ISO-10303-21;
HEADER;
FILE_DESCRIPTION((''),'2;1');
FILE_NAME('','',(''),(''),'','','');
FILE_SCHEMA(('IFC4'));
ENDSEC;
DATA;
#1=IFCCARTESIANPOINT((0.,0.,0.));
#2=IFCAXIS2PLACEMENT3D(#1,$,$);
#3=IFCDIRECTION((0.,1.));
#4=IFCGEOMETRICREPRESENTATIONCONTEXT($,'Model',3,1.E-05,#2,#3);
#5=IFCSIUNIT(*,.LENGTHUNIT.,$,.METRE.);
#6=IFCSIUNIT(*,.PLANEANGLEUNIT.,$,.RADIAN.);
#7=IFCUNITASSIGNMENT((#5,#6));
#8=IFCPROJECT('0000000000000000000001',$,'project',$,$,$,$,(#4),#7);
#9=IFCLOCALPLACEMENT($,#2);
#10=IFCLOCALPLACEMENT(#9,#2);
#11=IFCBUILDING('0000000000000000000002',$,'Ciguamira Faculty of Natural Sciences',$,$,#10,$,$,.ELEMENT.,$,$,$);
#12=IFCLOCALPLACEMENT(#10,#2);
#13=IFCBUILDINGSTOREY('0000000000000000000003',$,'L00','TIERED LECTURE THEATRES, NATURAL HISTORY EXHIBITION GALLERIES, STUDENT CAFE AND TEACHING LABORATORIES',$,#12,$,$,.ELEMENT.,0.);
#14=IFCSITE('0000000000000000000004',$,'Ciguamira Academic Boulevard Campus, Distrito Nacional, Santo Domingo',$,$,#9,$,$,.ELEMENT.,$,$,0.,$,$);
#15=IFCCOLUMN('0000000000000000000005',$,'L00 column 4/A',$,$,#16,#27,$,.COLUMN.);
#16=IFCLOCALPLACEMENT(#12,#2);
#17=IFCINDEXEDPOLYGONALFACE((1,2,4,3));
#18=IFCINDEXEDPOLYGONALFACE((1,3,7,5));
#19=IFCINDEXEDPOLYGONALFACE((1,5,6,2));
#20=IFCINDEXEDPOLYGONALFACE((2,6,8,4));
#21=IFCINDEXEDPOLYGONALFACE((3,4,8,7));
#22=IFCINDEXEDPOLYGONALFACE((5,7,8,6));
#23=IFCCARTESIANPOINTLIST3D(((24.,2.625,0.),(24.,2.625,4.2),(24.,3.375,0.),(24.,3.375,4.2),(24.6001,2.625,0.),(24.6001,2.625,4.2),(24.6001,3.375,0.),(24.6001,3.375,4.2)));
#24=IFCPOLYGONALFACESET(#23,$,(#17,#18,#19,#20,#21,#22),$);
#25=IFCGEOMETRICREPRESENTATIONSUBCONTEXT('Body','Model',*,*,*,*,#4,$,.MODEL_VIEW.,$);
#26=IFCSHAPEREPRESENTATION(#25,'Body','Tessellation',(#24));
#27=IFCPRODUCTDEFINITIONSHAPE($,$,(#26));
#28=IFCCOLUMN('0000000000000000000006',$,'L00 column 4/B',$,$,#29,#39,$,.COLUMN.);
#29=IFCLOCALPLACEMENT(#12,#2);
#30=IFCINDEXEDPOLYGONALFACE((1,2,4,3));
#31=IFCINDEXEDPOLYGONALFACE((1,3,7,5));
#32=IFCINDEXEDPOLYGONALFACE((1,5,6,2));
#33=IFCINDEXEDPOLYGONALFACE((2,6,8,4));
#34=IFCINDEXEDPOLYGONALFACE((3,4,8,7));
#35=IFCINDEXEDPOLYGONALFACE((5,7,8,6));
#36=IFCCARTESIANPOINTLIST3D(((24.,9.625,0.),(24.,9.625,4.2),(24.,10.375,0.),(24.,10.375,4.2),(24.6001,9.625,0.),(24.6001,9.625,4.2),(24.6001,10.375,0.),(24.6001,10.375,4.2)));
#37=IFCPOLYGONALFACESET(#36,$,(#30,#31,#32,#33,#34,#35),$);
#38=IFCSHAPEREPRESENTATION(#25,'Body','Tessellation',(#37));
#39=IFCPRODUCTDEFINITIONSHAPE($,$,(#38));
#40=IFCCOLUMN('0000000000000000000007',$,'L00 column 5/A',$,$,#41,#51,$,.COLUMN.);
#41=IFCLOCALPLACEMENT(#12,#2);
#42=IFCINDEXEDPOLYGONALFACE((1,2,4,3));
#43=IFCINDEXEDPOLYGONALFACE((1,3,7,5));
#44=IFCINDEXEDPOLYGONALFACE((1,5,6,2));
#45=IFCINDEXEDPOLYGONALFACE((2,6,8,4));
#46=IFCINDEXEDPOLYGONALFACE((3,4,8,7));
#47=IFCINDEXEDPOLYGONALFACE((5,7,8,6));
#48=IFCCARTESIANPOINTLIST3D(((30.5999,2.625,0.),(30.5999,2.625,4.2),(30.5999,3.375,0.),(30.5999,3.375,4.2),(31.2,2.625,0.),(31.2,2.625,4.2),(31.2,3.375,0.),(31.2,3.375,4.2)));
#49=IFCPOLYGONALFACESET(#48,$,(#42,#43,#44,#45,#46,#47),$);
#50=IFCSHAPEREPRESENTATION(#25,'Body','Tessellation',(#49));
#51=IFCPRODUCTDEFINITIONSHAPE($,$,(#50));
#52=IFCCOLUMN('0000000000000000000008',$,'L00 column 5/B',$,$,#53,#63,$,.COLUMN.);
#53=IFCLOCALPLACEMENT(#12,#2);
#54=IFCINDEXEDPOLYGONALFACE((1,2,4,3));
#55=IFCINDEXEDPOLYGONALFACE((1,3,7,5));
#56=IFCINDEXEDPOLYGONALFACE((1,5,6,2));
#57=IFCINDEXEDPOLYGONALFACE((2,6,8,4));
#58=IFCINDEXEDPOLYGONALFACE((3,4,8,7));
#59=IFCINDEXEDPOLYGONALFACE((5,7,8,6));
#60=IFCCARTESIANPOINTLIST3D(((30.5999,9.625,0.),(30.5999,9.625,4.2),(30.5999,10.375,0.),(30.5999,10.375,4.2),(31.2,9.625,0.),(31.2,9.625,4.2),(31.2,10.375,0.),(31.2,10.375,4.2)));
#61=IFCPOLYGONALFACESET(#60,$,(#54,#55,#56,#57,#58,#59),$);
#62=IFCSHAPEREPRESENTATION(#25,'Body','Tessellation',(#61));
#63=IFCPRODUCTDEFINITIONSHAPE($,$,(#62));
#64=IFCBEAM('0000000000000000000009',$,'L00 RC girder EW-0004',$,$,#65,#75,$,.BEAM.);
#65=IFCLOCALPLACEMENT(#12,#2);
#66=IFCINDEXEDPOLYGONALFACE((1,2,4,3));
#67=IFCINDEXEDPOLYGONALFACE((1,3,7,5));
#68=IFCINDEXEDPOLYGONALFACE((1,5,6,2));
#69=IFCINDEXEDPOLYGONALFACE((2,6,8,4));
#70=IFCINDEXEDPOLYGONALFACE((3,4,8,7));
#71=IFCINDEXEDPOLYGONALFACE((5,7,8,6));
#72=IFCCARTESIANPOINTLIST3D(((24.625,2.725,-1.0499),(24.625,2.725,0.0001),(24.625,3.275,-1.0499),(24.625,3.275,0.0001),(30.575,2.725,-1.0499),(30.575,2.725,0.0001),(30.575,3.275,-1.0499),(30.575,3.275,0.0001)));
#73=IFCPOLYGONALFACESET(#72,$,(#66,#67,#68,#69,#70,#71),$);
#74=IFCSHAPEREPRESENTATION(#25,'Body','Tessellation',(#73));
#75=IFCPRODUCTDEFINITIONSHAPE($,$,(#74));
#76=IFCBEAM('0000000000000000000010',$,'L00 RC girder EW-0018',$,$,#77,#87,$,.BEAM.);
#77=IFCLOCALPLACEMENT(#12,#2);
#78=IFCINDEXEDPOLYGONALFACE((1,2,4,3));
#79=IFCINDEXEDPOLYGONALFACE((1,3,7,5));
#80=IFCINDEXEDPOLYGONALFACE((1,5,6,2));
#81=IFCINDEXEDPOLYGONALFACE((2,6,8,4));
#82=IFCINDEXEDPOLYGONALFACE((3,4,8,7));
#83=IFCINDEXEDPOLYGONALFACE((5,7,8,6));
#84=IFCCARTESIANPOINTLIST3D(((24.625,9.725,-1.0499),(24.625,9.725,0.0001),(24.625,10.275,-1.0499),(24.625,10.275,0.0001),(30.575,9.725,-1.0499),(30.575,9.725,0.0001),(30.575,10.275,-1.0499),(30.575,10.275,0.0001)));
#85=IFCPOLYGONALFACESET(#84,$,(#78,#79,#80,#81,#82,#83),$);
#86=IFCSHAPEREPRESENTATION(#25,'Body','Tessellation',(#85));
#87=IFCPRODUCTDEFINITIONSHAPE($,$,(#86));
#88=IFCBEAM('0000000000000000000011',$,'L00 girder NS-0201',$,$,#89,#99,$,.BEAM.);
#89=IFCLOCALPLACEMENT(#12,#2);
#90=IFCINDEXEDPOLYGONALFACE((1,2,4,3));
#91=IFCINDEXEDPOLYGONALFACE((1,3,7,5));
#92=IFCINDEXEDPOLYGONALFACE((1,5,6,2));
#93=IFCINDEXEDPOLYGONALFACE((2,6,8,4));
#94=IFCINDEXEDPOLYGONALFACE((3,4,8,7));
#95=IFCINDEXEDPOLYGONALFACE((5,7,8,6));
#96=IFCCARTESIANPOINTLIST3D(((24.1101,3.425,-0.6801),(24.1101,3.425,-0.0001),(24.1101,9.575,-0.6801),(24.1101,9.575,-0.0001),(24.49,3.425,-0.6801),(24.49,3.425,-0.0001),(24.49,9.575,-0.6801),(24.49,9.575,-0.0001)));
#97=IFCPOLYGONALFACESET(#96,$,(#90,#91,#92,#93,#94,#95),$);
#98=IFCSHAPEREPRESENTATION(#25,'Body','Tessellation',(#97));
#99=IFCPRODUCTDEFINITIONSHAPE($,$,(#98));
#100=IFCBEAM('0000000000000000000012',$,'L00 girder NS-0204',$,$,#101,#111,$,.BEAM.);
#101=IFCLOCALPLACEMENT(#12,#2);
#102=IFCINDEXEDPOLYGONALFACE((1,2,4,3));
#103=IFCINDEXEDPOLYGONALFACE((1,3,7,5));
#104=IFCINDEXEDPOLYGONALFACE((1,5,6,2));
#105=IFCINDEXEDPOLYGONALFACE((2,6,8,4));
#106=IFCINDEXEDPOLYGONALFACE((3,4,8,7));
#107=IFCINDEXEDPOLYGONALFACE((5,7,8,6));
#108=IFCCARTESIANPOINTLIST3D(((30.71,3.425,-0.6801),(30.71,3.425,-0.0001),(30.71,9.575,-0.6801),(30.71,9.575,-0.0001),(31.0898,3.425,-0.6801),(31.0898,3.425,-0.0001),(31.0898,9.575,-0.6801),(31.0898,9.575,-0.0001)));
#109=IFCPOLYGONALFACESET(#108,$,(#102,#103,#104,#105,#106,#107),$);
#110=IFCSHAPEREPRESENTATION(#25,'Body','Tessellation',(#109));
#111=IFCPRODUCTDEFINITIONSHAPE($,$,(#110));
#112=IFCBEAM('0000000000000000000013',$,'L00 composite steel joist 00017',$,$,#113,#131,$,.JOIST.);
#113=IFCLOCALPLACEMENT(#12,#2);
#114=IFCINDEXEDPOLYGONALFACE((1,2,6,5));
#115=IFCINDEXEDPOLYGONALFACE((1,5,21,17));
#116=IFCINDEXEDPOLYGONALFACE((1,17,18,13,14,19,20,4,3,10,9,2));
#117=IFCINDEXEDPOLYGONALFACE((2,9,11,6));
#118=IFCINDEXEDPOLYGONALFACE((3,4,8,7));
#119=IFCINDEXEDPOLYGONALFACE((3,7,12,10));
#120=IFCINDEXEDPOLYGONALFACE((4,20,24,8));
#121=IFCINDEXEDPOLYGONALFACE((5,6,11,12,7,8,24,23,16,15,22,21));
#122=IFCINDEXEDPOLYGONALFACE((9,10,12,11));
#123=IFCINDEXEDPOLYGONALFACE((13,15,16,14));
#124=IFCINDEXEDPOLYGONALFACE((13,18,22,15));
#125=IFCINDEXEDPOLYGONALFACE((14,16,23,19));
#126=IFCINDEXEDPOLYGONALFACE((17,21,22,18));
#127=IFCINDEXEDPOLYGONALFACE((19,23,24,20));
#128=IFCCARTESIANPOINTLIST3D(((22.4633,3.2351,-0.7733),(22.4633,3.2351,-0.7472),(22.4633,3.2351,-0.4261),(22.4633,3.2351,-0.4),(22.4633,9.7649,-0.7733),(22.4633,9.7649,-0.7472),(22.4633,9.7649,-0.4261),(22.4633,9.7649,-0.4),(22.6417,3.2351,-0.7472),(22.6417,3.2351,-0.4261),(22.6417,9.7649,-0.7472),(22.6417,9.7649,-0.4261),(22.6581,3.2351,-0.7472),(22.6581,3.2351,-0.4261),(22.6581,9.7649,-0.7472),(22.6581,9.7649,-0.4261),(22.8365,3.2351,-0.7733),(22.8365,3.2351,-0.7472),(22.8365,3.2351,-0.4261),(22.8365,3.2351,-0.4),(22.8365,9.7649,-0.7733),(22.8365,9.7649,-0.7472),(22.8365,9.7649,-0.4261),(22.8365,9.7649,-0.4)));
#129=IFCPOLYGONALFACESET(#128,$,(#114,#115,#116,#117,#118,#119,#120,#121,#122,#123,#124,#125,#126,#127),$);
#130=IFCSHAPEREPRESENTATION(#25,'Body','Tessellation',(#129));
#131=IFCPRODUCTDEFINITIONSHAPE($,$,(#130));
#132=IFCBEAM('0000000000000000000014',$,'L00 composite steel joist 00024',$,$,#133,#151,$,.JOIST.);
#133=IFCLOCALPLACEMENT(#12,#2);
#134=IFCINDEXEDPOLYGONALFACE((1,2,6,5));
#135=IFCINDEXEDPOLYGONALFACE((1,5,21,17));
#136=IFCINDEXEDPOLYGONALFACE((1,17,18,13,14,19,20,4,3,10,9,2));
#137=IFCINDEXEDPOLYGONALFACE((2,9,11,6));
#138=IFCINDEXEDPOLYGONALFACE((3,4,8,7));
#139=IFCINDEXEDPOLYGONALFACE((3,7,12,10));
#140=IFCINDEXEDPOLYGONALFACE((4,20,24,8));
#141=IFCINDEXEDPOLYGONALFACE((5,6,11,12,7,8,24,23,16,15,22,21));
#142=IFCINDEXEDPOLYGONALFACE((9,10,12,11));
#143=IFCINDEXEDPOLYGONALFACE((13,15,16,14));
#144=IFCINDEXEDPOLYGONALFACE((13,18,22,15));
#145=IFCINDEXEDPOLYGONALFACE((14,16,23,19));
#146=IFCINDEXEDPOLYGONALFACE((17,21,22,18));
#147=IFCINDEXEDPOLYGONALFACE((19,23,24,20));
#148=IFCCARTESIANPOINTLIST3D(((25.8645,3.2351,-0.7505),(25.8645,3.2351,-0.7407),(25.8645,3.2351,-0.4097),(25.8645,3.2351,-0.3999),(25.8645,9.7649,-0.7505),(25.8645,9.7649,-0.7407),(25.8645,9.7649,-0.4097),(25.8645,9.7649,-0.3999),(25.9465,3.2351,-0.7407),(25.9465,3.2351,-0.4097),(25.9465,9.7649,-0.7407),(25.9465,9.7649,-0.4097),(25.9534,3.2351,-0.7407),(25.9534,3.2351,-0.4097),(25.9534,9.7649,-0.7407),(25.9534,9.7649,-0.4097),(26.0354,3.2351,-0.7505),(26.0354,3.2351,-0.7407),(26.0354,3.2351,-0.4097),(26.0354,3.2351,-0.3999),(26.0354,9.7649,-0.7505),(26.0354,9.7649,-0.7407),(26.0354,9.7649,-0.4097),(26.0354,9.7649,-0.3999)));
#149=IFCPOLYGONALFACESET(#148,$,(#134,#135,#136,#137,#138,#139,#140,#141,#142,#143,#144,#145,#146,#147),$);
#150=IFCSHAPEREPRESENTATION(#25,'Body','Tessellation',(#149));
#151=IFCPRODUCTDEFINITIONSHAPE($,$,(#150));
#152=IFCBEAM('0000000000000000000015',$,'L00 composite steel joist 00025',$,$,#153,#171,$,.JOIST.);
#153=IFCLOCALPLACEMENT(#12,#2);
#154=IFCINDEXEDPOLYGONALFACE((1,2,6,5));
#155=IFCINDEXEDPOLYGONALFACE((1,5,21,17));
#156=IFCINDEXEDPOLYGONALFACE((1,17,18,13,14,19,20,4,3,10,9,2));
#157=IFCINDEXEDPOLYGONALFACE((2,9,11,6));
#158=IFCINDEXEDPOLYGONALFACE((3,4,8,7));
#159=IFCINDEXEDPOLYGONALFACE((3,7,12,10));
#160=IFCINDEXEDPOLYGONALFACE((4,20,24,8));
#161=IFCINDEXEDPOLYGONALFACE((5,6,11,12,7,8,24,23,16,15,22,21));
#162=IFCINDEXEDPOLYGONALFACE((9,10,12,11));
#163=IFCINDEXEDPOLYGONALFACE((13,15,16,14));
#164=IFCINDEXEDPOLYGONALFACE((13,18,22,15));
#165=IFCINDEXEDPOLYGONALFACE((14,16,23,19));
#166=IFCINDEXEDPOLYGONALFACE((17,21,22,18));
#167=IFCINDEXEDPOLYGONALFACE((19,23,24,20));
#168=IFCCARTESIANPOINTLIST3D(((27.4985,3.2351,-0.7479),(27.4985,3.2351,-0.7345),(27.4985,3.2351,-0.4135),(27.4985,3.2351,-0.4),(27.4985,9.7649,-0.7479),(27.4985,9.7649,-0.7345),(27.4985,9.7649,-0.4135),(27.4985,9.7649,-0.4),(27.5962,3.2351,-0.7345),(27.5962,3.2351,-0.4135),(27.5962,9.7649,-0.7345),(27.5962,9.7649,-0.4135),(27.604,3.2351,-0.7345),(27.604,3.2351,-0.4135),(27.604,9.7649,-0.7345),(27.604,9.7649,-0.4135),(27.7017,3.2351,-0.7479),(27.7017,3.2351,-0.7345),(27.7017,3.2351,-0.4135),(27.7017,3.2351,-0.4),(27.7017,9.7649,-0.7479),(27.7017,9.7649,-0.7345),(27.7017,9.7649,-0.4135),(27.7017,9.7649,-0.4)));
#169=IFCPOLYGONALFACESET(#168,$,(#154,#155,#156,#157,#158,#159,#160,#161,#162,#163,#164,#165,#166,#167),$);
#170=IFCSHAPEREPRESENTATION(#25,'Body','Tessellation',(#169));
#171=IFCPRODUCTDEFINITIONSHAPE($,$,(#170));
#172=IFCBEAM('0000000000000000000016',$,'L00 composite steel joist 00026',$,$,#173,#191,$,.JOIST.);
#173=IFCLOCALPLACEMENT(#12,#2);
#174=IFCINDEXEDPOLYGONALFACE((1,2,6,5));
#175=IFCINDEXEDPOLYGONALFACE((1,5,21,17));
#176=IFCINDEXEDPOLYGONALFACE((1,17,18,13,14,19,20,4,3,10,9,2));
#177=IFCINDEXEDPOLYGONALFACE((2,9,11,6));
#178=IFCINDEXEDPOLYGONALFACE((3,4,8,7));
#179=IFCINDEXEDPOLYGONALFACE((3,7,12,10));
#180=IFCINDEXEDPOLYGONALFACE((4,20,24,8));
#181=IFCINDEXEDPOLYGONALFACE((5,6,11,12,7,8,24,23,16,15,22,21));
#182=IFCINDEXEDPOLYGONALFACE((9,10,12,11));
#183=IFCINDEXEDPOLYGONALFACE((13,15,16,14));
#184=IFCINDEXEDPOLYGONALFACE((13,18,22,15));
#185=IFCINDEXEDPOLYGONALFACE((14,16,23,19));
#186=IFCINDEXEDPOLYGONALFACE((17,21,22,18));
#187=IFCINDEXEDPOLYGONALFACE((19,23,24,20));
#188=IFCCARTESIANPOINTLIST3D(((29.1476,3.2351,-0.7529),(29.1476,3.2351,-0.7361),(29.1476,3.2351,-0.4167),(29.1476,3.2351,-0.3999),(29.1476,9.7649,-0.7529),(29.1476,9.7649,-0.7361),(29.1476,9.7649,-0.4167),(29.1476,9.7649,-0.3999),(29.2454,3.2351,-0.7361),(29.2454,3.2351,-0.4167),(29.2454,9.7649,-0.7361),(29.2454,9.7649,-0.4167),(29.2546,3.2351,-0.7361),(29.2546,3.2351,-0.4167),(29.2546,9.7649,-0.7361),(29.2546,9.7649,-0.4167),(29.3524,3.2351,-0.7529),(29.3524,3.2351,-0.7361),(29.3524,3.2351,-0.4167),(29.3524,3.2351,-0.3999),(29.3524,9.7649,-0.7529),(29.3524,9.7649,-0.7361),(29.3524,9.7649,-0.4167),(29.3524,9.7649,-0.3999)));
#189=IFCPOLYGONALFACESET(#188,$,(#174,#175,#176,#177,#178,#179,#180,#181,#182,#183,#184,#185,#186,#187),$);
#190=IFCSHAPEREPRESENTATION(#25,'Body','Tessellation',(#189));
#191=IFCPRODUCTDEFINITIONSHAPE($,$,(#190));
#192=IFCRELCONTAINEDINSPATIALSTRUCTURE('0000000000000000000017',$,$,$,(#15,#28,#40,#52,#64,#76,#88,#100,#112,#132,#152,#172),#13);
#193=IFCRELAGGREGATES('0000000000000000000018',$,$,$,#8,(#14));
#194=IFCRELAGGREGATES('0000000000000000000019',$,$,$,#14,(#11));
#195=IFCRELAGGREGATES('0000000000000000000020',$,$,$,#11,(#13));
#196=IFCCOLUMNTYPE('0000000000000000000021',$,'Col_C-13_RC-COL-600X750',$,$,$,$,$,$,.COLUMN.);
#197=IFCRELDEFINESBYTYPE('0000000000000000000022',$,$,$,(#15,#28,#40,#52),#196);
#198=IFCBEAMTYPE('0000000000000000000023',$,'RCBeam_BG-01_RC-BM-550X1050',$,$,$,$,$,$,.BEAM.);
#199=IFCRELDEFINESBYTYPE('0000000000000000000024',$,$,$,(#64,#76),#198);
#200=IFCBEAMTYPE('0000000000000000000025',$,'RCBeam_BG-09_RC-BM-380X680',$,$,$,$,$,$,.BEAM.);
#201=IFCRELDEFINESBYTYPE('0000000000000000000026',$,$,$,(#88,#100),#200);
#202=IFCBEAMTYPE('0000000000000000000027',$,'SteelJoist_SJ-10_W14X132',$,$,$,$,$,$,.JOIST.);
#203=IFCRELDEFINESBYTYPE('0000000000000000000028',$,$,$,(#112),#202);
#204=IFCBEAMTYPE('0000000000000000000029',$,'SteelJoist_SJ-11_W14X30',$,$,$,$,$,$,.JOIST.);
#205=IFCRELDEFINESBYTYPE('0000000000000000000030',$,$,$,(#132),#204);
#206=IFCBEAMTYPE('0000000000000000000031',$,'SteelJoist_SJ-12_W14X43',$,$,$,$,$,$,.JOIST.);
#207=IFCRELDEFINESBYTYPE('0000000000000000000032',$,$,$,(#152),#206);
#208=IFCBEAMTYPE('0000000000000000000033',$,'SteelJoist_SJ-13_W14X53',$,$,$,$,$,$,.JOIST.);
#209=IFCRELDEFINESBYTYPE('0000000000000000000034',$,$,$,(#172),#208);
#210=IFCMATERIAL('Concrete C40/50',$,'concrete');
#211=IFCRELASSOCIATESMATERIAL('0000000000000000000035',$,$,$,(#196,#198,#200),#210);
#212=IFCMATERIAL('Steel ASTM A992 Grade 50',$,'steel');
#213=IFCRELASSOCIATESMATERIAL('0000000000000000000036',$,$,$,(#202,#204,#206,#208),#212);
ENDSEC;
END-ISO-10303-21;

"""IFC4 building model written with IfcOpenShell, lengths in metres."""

from ifc_helpers import new_model, si_unit, direction, frame, origin, origin_2d, place, context, subcontext, project, spatial, rectangle, i_section, extrude, material, material_profile, profile_set, type_object, element, save


model = new_model("IFC4")

# Units and contexts
model_context = context("Model", 3, precision=1e-05, world=origin(), true_north=direction((0.0, 1.0)))
body_context = subcontext(model_context, "Body", "Model", "MODEL_VIEW")
ifc_project = project(units=[si_unit("LENGTHUNIT", "METRE"), si_unit("PLANEANGLEUNIT", "RADIAN")], contexts=[model_context])

# Site, building, storey
site_placement = place(None, origin())
site = spatial("IfcSite", under=ifc_project, at=site_placement, Name="Ciguamira Academic Boulevard Campus, Distrito Nacional, Santo Domingo", CompositionType="ELEMENT", RefElevation=0.0)
building_placement = place(site_placement, origin())
building = spatial("IfcBuilding", under=site, at=building_placement, Name="Ciguamira Faculty of Natural Sciences", CompositionType="ELEMENT")
storey_placement = place(building_placement, origin())
storey = spatial("IfcBuildingStorey", under=building, at=storey_placement, Name="L00", Description="TIERED LECTURE THEATRES, NATURAL HISTORY EXHIBITION GALLERIES, STUDENT CAFE AND TEACHING LABORATORIES", CompositionType="ELEMENT", Elevation=0.0)

# Columns
ifc_material_1 = material(Name="Concrete C40/50", Category="concrete")
ifc_material_profile_1 = material_profile(ifc_material_1, rectangle(XDim=0.6001, YDim=0.75, at=origin_2d()), Name="RC-COL-600X750")
ifc_profile_set_1 = profile_set([ifc_material_profile_1], Name="Concrete C40/50")
column_type = type_object("IfcColumnType", Name="Col_C-13_RC-COL-600X750", PredefinedType="COLUMN", material=ifc_profile_set_1)
for number, where, z_axis, x_axis, name in (
    (1, (24.3, 3.0, 0.0), (0.0, 0.0, 1.0), (1.0, 0.0, 0.0), "L00 column 4/A"),
    (2, (24.3, 10.0, 0.0), (0.0, 0.0, 1.0), (1.0, 0.0, 0.0), "L00 column 4/B"),
    (3, (30.8999, 3.0, 0.0), (0.0, 0.0, 1.0), (1.0, 0.0, 0.0), "L00 column 5/A"),
    (4, (30.8999, 10.0, 0.0), (0.0, 0.0, 1.0), (1.0, 0.0, 0.0), "L00 column 5/B"),
):
    element("IfcColumn", number, at=place(storey_placement, frame(where, z_axis=z_axis, x_axis=x_axis)), inside=storey, type_object=column_type, Name=name, PredefinedType="COLUMN", context=body_context, shape_type="SweptSolid", body=[
        extrude(rectangle(XDim=0.6001, YDim=0.75, at=origin_2d()), origin(), (0.0, 0.0, 1.0), 4.2),
    ])

# Beams
ifc_material_profile_2 = material_profile(ifc_material_1, rectangle(XDim=0.55, YDim=1.05, at=origin_2d()), Name="RC-BM-550X1050")
ifc_profile_set_2 = profile_set([ifc_material_profile_2], Name="Concrete C40/50")
beam_type_1 = type_object("IfcBeamType", Name="RCBeam_BG-01_RC-BM-550X1050", PredefinedType="BEAM", material=ifc_profile_set_2)
for number, where, z_axis, x_axis, name in (
    (5, (24.625, 3.0, -0.5249), (1.0, 0.0, 0.0), (0.0, 1.0, 0.0), "L00 RC girder EW-0004"),
    (6, (24.625, 10.0, -0.5249), (1.0, 0.0, 0.0), (0.0, 1.0, 0.0), "L00 RC girder EW-0018"),
):
    element("IfcBeam", number, at=place(storey_placement, frame(where, z_axis=z_axis, x_axis=x_axis)), inside=storey, type_object=beam_type_1, Name=name, PredefinedType="BEAM", context=body_context, shape_type="SweptSolid", body=[
        extrude(rectangle(XDim=0.55, YDim=1.05, at=origin_2d()), origin(), (0.0, 0.0, 1.0), 5.95),
    ])
ifc_material_profile_3 = material_profile(ifc_material_1, rectangle(XDim=0.3799, YDim=0.6799, at=origin_2d()), Name="RC-BM-380X680")
ifc_profile_set_3 = profile_set([ifc_material_profile_3], Name="Concrete C40/50")
beam_type_2 = type_object("IfcBeamType", Name="RCBeam_BG-09_RC-BM-380X680", PredefinedType="BEAM", material=ifc_profile_set_3)
for number, where, z_axis, x_axis, name in (
    (7, (24.3, 3.425, -0.3401), (0.0, 1.0, 0.0), (-1.0, 0.0, 0.0), "L00 girder NS-0201"),
    (8, (30.8999, 3.425, -0.3401), (0.0, 1.0, 0.0), (-1.0, 0.0, 0.0), "L00 girder NS-0204"),
):
    element("IfcBeam", number, at=place(storey_placement, frame(where, z_axis=z_axis, x_axis=x_axis)), inside=storey, type_object=beam_type_2, Name=name, PredefinedType="BEAM", context=body_context, shape_type="SweptSolid", body=[
        extrude(rectangle(XDim=0.3799, YDim=0.6799, at=origin_2d()), origin(), (0.0, 0.0, 1.0), 6.1499),
    ])
ifc_material_2 = material(Name="Steel ASTM A992 Grade 50", Category="steel")
ifc_material_profile_4 = material_profile(ifc_material_2, i_section(OverallWidth=0.3733, OverallDepth=0.3733, WebThickness=0.0164, FlangeThickness=0.0261, at=origin_2d()), Name="W14X132")
ifc_profile_set_4 = profile_set([ifc_material_profile_4], Name="Steel ASTM A992 Grade 50")
beam_type_3 = type_object("IfcBeamType", Name="SteelJoist_SJ-10_W14X132", PredefinedType="JOIST", material=ifc_profile_set_4)
beam_1_placement = place(storey_placement, frame((22.6499, 3.2351, -0.5867), z_axis=(0.0, 1.0, 0.0), x_axis=(-1.0, 0.0, 0.0)))
element("IfcBeam", 9, at=beam_1_placement, inside=storey, type_object=beam_type_3, Name="L00 composite steel joist 00017", PredefinedType="JOIST", context=body_context, shape_type="SweptSolid", body=[
    extrude(i_section(OverallWidth=0.3733, OverallDepth=0.3733, WebThickness=0.0164, FlangeThickness=0.0261, at=origin_2d()), origin(), (0.0, 0.0, 1.0), 6.5298),
])
ifc_material_profile_5 = material_profile(ifc_material_2, i_section(OverallWidth=0.1709, OverallDepth=0.3506, WebThickness=0.0068, FlangeThickness=0.0098, at=origin_2d()), Name="W14X30")
ifc_profile_set_5 = profile_set([ifc_material_profile_5], Name="Steel ASTM A992 Grade 50")
beam_type_4 = type_object("IfcBeamType", Name="SteelJoist_SJ-11_W14X30", PredefinedType="JOIST", material=ifc_profile_set_5)
beam_2_placement = place(storey_placement, frame((25.95, 3.2351, -0.5752), z_axis=(0.0, 1.0, 0.0), x_axis=(-1.0, 0.0, 0.0)))
element("IfcBeam", 10, at=beam_2_placement, inside=storey, type_object=beam_type_4, Name="L00 composite steel joist 00024", PredefinedType="JOIST", context=body_context, shape_type="SweptSolid", body=[
    extrude(i_section(OverallWidth=0.1709, OverallDepth=0.3506, WebThickness=0.0068, FlangeThickness=0.0098, at=origin_2d()), origin(), (0.0, 0.0, 1.0), 6.5298),
])
ifc_material_profile_6 = material_profile(ifc_material_2, i_section(OverallWidth=0.2031, OverallDepth=0.3479, WebThickness=0.0078, FlangeThickness=0.0134, at=origin_2d()), Name="W14X43")
ifc_profile_set_6 = profile_set([ifc_material_profile_6], Name="Steel ASTM A992 Grade 50")
beam_type_5 = type_object("IfcBeamType", Name="SteelJoist_SJ-12_W14X43", PredefinedType="JOIST", material=ifc_profile_set_6)
beam_3_placement = place(storey_placement, frame((27.6001, 3.2351, -0.574), z_axis=(0.0, 1.0, 0.0), x_axis=(-1.0, 0.0, 0.0)))
element("IfcBeam", 11, at=beam_3_placement, inside=storey, type_object=beam_type_5, Name="L00 composite steel joist 00025", PredefinedType="JOIST", context=body_context, shape_type="SweptSolid", body=[
    extrude(i_section(OverallWidth=0.2031, OverallDepth=0.3479, WebThickness=0.0078, FlangeThickness=0.0134, at=origin_2d()), origin(), (0.0, 0.0, 1.0), 6.5298),
])
ifc_material_profile_7 = material_profile(ifc_material_2, i_section(OverallWidth=0.2048, OverallDepth=0.353, WebThickness=0.0093, FlangeThickness=0.0168, at=origin_2d()), Name="W14X53")
ifc_profile_set_7 = profile_set([ifc_material_profile_7], Name="Steel ASTM A992 Grade 50")
beam_type_6 = type_object("IfcBeamType", Name="SteelJoist_SJ-13_W14X53", PredefinedType="JOIST", material=ifc_profile_set_7)
beam_4_placement = place(storey_placement, frame((29.25, 3.2351, -0.5764), z_axis=(0.0, 1.0, 0.0), x_axis=(-1.0, 0.0, 0.0)))
element("IfcBeam", 12, at=beam_4_placement, inside=storey, type_object=beam_type_6, Name="L00 composite steel joist 00026", PredefinedType="JOIST", context=body_context, shape_type="SweptSolid", body=[
    extrude(i_section(OverallWidth=0.2048, OverallDepth=0.353, WebThickness=0.0093, FlangeThickness=0.0168, at=origin_2d()), origin(), (0.0, 0.0, 1.0), 6.5298),
])

save(model, "model.ifc")
